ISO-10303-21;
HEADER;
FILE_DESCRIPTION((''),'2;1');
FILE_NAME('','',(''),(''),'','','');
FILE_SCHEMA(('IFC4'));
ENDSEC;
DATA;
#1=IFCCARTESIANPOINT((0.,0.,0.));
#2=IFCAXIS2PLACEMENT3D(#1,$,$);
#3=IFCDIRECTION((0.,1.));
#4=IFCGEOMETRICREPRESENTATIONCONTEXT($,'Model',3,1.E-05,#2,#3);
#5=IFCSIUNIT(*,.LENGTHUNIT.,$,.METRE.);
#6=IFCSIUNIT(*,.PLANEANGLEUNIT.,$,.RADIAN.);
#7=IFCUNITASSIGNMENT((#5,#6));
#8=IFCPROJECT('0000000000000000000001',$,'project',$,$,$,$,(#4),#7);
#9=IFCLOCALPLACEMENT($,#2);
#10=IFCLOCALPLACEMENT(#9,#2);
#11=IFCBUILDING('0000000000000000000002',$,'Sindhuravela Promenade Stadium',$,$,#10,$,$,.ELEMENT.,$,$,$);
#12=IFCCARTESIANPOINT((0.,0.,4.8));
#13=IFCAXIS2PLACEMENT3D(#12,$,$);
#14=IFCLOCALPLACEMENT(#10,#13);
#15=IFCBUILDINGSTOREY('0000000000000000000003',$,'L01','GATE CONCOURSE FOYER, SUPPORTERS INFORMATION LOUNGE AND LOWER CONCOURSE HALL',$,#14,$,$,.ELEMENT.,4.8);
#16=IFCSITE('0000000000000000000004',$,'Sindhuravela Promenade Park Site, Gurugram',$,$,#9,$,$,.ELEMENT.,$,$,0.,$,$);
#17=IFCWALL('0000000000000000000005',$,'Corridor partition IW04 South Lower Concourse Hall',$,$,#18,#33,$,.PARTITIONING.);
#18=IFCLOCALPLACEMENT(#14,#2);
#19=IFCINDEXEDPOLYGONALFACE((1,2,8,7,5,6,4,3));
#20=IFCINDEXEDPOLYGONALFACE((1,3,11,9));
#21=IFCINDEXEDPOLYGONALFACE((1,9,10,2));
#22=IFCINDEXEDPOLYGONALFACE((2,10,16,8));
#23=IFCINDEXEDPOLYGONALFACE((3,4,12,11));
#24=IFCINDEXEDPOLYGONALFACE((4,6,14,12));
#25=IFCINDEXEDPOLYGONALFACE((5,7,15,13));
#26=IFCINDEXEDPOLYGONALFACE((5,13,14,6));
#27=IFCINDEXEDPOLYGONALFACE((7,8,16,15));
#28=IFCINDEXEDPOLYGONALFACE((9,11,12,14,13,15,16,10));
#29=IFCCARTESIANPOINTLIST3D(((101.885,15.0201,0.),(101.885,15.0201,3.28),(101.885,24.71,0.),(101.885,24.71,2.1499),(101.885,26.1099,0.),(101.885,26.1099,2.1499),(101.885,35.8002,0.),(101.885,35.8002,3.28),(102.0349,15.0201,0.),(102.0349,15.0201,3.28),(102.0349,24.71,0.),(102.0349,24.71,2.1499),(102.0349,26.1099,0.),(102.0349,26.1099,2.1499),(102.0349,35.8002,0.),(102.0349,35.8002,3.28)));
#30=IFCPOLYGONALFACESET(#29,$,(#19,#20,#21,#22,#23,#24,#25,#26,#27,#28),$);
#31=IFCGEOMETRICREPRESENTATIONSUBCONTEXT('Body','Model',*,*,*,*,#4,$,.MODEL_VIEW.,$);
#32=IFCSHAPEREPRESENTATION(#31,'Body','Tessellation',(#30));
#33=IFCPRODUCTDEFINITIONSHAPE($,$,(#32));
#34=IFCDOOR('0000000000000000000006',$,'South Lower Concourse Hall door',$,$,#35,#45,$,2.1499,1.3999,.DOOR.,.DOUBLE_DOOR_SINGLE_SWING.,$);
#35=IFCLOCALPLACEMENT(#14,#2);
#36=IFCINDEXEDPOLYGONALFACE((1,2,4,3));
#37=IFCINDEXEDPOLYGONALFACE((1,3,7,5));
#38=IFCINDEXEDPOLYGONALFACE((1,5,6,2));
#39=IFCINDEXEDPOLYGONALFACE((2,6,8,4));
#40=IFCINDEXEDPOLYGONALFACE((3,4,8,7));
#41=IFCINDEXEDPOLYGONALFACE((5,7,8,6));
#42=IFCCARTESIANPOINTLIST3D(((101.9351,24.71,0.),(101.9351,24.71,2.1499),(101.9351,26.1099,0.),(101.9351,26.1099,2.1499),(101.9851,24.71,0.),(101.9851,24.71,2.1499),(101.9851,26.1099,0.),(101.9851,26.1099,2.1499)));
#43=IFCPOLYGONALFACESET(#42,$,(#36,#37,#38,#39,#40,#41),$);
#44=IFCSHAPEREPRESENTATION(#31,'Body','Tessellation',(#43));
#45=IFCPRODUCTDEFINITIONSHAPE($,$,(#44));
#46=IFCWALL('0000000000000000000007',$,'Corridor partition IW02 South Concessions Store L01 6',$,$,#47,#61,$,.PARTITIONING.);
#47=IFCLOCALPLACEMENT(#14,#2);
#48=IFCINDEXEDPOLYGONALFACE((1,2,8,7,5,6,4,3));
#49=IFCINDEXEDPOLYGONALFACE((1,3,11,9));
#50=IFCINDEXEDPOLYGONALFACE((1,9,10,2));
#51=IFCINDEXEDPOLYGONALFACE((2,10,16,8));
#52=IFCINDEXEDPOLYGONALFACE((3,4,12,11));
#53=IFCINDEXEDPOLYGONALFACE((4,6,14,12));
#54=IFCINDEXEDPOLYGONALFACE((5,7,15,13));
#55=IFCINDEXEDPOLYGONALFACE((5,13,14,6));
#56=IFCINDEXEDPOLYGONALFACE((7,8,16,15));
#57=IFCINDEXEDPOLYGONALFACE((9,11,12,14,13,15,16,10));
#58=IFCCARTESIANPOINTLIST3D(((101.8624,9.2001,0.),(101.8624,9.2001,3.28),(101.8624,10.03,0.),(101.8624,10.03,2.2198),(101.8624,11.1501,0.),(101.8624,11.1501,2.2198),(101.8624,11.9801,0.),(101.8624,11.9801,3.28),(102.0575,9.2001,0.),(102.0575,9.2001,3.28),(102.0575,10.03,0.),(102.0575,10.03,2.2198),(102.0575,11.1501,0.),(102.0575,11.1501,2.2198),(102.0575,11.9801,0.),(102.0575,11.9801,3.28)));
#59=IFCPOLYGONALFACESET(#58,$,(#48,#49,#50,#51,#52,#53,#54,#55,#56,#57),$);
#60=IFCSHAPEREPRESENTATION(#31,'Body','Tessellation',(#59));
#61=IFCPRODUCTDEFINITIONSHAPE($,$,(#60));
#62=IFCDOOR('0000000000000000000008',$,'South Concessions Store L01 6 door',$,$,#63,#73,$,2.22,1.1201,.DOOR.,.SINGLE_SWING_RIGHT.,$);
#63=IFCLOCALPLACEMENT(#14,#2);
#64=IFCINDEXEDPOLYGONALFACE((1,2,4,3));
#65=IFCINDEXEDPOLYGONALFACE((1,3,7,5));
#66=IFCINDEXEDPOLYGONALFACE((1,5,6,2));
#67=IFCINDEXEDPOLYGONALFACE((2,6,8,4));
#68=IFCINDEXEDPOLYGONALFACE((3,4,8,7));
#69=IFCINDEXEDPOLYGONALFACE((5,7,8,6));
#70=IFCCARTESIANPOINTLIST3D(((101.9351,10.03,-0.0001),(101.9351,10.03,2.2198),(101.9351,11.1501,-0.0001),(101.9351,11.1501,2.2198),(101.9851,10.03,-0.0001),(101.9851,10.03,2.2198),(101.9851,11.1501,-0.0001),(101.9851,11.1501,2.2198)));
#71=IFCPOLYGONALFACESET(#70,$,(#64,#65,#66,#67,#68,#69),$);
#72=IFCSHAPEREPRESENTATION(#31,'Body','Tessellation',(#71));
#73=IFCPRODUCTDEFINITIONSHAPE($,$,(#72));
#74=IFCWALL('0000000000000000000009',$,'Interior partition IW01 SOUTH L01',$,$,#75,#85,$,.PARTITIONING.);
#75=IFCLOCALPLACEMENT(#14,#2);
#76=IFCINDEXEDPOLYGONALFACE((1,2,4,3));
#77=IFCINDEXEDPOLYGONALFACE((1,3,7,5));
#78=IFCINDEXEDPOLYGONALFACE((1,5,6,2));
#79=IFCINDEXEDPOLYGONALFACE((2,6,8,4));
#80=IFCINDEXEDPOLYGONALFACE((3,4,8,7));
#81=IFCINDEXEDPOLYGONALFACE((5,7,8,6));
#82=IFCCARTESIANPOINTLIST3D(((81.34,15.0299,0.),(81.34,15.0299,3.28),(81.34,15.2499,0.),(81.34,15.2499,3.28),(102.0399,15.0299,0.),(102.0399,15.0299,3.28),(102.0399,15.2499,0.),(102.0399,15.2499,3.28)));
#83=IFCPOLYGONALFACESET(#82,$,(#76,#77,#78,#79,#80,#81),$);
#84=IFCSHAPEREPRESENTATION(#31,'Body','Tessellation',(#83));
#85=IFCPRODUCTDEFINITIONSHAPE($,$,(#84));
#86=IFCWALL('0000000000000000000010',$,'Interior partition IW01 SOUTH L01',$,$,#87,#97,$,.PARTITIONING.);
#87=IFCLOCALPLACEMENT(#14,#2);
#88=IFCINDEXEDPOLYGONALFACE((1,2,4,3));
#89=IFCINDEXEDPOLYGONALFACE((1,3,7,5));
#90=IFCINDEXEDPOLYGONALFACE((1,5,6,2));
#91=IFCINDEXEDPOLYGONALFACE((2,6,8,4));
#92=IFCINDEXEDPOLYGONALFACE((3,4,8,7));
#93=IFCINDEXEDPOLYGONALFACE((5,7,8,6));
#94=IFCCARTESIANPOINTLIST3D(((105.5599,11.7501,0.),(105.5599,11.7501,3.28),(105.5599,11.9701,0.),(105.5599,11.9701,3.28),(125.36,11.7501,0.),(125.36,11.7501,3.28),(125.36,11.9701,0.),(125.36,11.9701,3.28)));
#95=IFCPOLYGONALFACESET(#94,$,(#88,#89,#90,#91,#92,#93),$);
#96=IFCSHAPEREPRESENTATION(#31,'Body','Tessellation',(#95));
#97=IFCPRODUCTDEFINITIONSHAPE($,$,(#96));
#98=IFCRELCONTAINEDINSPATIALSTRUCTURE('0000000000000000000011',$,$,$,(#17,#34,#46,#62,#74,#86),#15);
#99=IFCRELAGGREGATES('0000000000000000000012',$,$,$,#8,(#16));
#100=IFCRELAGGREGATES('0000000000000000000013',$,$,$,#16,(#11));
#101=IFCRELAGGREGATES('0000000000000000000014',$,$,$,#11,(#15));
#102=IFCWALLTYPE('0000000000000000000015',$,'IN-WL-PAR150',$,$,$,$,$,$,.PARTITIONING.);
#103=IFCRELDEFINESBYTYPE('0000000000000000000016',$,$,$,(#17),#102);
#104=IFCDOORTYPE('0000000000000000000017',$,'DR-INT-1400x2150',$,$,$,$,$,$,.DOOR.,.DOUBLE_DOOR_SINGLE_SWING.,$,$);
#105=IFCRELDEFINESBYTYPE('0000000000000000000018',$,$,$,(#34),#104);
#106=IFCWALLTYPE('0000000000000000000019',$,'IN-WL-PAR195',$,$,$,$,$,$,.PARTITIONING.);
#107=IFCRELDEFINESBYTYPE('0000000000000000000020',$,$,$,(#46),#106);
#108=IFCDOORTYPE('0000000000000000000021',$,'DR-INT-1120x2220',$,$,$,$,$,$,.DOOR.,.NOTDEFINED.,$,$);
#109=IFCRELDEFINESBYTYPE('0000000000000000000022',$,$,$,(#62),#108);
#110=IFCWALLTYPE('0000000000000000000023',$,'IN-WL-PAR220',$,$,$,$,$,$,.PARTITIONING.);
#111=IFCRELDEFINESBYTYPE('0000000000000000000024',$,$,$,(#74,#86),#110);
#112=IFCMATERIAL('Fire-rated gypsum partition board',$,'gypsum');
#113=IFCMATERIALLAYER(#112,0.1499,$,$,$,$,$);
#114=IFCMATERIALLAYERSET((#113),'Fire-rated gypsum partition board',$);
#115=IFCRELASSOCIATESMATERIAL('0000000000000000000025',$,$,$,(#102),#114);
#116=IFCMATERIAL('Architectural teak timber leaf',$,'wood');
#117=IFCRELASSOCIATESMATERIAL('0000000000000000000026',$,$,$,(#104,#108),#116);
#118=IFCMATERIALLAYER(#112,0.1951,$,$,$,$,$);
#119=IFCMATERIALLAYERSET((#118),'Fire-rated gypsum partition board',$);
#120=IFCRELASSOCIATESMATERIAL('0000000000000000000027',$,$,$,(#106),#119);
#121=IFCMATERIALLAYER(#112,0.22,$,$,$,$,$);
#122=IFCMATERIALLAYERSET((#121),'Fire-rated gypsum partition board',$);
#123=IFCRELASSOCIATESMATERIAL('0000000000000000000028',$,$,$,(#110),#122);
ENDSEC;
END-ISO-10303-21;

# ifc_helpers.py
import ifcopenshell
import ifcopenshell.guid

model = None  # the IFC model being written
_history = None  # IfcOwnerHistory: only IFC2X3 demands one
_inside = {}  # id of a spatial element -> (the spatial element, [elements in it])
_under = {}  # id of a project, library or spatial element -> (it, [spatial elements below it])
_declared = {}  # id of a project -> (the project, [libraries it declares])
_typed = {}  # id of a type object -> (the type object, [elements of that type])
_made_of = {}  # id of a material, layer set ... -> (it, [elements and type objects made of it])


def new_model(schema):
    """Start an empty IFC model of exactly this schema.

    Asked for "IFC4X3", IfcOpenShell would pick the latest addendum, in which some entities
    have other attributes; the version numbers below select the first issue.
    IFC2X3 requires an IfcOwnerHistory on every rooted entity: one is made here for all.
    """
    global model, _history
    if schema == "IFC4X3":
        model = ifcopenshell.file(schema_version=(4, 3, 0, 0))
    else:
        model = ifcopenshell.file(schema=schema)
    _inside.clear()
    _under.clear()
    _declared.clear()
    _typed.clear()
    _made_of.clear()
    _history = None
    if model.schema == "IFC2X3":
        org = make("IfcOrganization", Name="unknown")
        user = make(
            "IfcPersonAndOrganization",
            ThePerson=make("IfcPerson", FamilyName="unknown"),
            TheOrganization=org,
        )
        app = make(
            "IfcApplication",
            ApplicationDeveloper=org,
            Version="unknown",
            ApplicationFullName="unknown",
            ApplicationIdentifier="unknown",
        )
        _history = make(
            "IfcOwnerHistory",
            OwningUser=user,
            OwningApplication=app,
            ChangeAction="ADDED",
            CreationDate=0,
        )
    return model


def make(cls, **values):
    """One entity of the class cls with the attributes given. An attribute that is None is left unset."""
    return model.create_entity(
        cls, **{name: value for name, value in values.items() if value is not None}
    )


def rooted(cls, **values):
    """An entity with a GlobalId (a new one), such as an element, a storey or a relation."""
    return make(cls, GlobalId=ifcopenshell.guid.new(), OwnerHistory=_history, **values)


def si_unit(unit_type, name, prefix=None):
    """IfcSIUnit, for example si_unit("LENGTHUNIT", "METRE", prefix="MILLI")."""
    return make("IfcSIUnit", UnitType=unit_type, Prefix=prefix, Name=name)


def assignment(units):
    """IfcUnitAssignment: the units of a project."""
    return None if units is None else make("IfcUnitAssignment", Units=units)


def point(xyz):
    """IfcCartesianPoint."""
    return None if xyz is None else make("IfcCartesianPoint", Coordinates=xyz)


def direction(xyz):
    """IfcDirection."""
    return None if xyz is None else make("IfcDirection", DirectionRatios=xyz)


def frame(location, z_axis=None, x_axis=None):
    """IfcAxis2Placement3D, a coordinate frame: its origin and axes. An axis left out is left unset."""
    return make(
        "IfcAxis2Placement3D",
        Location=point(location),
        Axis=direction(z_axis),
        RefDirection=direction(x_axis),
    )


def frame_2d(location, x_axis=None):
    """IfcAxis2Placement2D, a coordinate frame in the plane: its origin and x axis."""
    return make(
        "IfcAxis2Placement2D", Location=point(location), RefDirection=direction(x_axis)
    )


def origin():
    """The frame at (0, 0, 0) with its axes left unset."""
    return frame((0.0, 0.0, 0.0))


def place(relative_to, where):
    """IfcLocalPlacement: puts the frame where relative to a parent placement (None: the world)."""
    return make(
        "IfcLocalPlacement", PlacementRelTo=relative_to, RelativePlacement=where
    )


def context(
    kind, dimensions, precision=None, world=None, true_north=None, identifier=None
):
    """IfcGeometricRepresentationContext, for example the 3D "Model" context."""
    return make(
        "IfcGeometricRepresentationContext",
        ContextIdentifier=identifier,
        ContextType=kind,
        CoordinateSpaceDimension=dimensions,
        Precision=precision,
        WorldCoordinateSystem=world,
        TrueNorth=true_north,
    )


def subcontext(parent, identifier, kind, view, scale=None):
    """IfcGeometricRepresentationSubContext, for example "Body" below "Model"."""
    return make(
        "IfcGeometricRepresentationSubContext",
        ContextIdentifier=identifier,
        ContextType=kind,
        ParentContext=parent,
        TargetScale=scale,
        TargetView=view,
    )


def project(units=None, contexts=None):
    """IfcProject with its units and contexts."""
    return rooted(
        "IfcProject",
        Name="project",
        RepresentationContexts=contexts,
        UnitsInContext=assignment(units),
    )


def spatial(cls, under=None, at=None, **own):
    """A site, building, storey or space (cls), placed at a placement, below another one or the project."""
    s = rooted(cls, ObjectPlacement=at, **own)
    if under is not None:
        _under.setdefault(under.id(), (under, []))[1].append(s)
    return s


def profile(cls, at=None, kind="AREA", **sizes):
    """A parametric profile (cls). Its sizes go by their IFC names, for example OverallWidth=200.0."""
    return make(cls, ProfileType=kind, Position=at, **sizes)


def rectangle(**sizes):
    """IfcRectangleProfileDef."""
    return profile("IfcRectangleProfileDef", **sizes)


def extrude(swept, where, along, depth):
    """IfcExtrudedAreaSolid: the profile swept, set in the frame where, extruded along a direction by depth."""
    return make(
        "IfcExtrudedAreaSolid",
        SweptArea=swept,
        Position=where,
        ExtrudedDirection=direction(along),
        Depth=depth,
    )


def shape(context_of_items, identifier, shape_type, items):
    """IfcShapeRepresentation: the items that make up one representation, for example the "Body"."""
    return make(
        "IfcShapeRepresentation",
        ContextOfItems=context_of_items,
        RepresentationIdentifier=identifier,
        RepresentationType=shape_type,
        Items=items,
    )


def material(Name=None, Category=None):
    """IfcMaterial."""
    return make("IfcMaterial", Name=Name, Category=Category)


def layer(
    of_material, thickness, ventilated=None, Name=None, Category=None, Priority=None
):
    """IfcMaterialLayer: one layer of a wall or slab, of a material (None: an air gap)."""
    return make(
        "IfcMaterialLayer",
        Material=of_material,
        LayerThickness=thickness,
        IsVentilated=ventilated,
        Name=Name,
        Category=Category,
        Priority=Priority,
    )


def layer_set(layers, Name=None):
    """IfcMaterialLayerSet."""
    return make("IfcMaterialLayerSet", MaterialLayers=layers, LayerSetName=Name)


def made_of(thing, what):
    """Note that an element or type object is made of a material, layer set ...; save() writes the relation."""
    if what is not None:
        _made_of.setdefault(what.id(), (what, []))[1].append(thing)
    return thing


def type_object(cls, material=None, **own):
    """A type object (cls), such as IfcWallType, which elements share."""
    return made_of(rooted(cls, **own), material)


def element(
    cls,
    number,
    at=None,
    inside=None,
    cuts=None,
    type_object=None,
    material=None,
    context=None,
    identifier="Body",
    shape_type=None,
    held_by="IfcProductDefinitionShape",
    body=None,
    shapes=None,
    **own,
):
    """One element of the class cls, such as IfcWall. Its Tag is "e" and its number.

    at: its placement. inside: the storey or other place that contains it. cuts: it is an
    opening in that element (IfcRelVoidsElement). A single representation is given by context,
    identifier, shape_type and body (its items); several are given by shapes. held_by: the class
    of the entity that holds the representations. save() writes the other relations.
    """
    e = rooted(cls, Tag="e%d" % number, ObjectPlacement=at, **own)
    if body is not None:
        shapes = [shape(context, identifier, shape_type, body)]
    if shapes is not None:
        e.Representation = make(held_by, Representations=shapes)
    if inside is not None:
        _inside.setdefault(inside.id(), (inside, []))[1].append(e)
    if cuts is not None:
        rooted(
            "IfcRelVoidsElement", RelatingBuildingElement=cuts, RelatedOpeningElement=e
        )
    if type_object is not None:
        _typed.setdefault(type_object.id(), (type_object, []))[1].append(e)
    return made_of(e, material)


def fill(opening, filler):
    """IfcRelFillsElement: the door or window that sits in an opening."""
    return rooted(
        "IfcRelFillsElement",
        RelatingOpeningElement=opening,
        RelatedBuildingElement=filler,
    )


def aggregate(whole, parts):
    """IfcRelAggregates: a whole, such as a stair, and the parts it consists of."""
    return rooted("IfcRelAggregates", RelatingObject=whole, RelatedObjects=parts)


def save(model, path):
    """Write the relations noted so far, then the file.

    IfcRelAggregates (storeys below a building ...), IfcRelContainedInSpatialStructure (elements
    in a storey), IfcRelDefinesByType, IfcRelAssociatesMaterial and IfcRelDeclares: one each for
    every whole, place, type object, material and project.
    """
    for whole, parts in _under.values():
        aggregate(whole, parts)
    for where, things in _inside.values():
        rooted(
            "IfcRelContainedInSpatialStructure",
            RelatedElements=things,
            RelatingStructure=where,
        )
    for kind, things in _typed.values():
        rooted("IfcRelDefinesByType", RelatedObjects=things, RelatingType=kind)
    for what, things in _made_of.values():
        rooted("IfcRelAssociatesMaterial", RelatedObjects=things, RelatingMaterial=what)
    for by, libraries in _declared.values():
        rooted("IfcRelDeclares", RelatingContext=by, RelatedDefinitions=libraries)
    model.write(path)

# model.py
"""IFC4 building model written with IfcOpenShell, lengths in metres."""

from ifc_helpers import new_model, si_unit, direction, frame, frame_2d, origin, place, context, subcontext, project, spatial, rectangle, extrude, material, layer, layer_set, type_object, element, fill, save


model = new_model("IFC4")

# Units and contexts
model_context = context("Model", 3, precision=1e-05, world=origin(), true_north=direction((0.0, 1.0)))
body_context = subcontext(model_context, "Body", "Model", "MODEL_VIEW")
ifc_project = project(units=[si_unit("LENGTHUNIT", "METRE"), si_unit("PLANEANGLEUNIT", "RADIAN")], contexts=[model_context])

# Site, building, storey
site_placement = place(None, origin())
site = spatial("IfcSite", under=ifc_project, at=site_placement, Name="Sindhuravela Promenade Park Site, Gurugram", CompositionType="ELEMENT", RefElevation=0.0)
building_placement = place(site_placement, origin())
building = spatial("IfcBuilding", under=site, at=building_placement, Name="Sindhuravela Promenade Stadium", CompositionType="ELEMENT")
storey_placement = place(building_placement, frame((0.0, 0.0, 4.8)))
storey = spatial("IfcBuildingStorey", under=building, at=storey_placement, Name="L01", Description="GATE CONCOURSE FOYER, SUPPORTERS INFORMATION LOUNGE AND LOWER CONCOURSE HALL", CompositionType="ELEMENT", Elevation=4.8)

# Walls, openings, doors
ifc_material_1 = material(Name="Fire-rated gypsum partition board", Category="gypsum")
ifc_material_2 = material(Name="Architectural teak timber leaf", Category="wood")
ifc_layer_1 = layer(ifc_material_1, 0.1499)
ifc_layer_set_1 = layer_set([ifc_layer_1], Name="Fire-rated gypsum partition board")
wall_type_1 = type_object("IfcWallType", Name="IN-WL-PAR150", PredefinedType="PARTITIONING", material=ifc_layer_set_1)
wall_1_placement = place(storey_placement, frame((101.96, 15.02, 0.0), z_axis=(0.0, 0.0, 1.0), x_axis=(0.0, 1.0, 0.0)))
wall_1 = element("IfcWall", 1, at=wall_1_placement, inside=storey, type_object=wall_type_1, Name="Corridor partition IW04 South Lower Concourse Hall", PredefinedType="PARTITIONING", context=body_context, shape_type="SweptSolid", body=[
    extrude(rectangle(XDim=20.78, YDim=0.1499, at=frame_2d((10.3901, 0.0))), origin(), (0.0, 0.0, 1.0), 3.28),
])
opening_1_placement = place(wall_1_placement, frame((9.6899, 0.0, 0.0)))
opening_1 = element("IfcOpeningElement", 2, at=opening_1_placement, cuts=wall_1, PredefinedType="OPENING", context=body_context, shape_type="SweptSolid", body=[
    extrude(rectangle(XDim=1.3999, YDim=2.1499, at=frame_2d((0.7, 1.075))), frame((0.0, 0.085, 0.0), z_axis=(0.0, -1.0, 0.0), x_axis=(1.0, 0.0, 0.0)), (0.0, 0.0, 1.0), 0.1699),
])
door_type_1 = type_object("IfcDoorType", Name="DR-INT-1400x2150", OperationType="DOUBLE_DOOR_SINGLE_SWING", PredefinedType="DOOR", material=ifc_material_2)
door_1_placement = place(opening_1_placement, origin())
door_1 = element("IfcDoor", 3, at=door_1_placement, inside=storey, type_object=door_type_1, Name="South Lower Concourse Hall door", OperationType="DOUBLE_DOOR_SINGLE_SWING", OverallHeight=2.1499, OverallWidth=1.3999, PredefinedType="DOOR", context=body_context, shape_type="SweptSolid", body=[
    extrude(rectangle(XDim=1.3999, YDim=2.1499, at=frame_2d((0.7, 1.075))), frame((0.0, 0.0249, 0.0), z_axis=(0.0, -1.0, 0.0), x_axis=(1.0, 0.0, 0.0)), (0.0, 0.0, 1.0), 0.05),
])
fill(opening_1, door_1)
ifc_layer_2 = layer(ifc_material_1, 0.1951)
ifc_layer_set_2 = layer_set([ifc_layer_2], Name="Fire-rated gypsum partition board")
wall_type_2 = type_object("IfcWallType", Name="IN-WL-PAR195", PredefinedType="PARTITIONING", material=ifc_layer_set_2)
wall_2_placement = place(storey_placement, frame((101.96, 9.2, 0.0), z_axis=(0.0, 0.0, 1.0), x_axis=(0.0, 1.0, 0.0)))
wall_2 = element("IfcWall", 4, at=wall_2_placement, inside=storey, type_object=wall_type_2, Name="Corridor partition IW02 South Concessions Store L01 6", PredefinedType="PARTITIONING", context=body_context, shape_type="SweptSolid", body=[
    extrude(rectangle(XDim=2.78, YDim=0.1951, at=frame_2d((1.3901, 0.0))), origin(), (0.0, 0.0, 1.0), 3.28),
])
opening_2_placement = place(wall_2_placement, frame((0.8301, 0.0, 0.0)))
opening_2 = element("IfcOpeningElement", 5, at=opening_2_placement, cuts=wall_2, PredefinedType="OPENING", context=body_context, shape_type="SweptSolid", body=[
    extrude(rectangle(XDim=1.1201, YDim=2.22, at=frame_2d((0.5601, 1.1099))), frame((0.0, 0.1074, 0.0), z_axis=(0.0, -1.0, 0.0), x_axis=(1.0, 0.0, 0.0)), (0.0, 0.0, 1.0), 0.2151),
])
door_type_2 = type_object("IfcDoorType", Name="DR-INT-1120x2220", OperationType="NOTDEFINED", PredefinedType="DOOR", material=ifc_material_2)
door_2_placement = place(opening_2_placement, origin())
door_2 = element("IfcDoor", 6, at=door_2_placement, inside=storey, type_object=door_type_2, Name="South Concessions Store L01 6 door", OperationType="SINGLE_SWING_RIGHT", OverallHeight=2.22, OverallWidth=1.1201, PredefinedType="DOOR", context=body_context, shape_type="SweptSolid", body=[
    extrude(rectangle(XDim=1.1201, YDim=2.22, at=frame_2d((0.5601, 1.1099))), frame((0.0, 0.0249, 0.0), z_axis=(0.0, -1.0, 0.0), x_axis=(1.0, 0.0, 0.0)), (0.0, 0.0, 1.0), 0.05),
])
fill(opening_2, door_2)

# Walls
ifc_layer_3 = layer(ifc_material_1, 0.22)
ifc_layer_set_3 = layer_set([ifc_layer_3], Name="Fire-rated gypsum partition board")
wall_type_3 = type_object("IfcWallType", Name="IN-WL-PAR220", PredefinedType="PARTITIONING", material=ifc_layer_set_3)
wall_3_placement = place(storey_placement, frame((102.04, 15.1399, 0.0), z_axis=(0.0, 0.0, 1.0), x_axis=(-1.0, 0.0, 0.0)))
element("IfcWall", 7, at=wall_3_placement, inside=storey, type_object=wall_type_3, Name="Interior partition IW01 SOUTH L01", PredefinedType="PARTITIONING", context=body_context, shape_type="SweptSolid", body=[
    extrude(rectangle(XDim=20.7, YDim=0.22, at=frame_2d((10.3501, 0.0))), origin(), (0.0, 0.0, 1.0), 3.28),
])
wall_4_placement = place(storey_placement, frame((105.5601, 11.8601, 0.0), z_axis=(0.0, 0.0, 1.0), x_axis=(1.0, 0.0, 0.0)))
element("IfcWall", 8, at=wall_4_placement, inside=storey, type_object=wall_type_3, Name="Interior partition IW01 SOUTH L01", PredefinedType="PARTITIONING", context=body_context, shape_type="SweptSolid", body=[
    extrude(rectangle(XDim=19.8, YDim=0.22, at=frame_2d((9.8999, 0.0))), origin(), (0.0, 0.0, 1.0), 3.28),
])

save(model, "model.ifc")
